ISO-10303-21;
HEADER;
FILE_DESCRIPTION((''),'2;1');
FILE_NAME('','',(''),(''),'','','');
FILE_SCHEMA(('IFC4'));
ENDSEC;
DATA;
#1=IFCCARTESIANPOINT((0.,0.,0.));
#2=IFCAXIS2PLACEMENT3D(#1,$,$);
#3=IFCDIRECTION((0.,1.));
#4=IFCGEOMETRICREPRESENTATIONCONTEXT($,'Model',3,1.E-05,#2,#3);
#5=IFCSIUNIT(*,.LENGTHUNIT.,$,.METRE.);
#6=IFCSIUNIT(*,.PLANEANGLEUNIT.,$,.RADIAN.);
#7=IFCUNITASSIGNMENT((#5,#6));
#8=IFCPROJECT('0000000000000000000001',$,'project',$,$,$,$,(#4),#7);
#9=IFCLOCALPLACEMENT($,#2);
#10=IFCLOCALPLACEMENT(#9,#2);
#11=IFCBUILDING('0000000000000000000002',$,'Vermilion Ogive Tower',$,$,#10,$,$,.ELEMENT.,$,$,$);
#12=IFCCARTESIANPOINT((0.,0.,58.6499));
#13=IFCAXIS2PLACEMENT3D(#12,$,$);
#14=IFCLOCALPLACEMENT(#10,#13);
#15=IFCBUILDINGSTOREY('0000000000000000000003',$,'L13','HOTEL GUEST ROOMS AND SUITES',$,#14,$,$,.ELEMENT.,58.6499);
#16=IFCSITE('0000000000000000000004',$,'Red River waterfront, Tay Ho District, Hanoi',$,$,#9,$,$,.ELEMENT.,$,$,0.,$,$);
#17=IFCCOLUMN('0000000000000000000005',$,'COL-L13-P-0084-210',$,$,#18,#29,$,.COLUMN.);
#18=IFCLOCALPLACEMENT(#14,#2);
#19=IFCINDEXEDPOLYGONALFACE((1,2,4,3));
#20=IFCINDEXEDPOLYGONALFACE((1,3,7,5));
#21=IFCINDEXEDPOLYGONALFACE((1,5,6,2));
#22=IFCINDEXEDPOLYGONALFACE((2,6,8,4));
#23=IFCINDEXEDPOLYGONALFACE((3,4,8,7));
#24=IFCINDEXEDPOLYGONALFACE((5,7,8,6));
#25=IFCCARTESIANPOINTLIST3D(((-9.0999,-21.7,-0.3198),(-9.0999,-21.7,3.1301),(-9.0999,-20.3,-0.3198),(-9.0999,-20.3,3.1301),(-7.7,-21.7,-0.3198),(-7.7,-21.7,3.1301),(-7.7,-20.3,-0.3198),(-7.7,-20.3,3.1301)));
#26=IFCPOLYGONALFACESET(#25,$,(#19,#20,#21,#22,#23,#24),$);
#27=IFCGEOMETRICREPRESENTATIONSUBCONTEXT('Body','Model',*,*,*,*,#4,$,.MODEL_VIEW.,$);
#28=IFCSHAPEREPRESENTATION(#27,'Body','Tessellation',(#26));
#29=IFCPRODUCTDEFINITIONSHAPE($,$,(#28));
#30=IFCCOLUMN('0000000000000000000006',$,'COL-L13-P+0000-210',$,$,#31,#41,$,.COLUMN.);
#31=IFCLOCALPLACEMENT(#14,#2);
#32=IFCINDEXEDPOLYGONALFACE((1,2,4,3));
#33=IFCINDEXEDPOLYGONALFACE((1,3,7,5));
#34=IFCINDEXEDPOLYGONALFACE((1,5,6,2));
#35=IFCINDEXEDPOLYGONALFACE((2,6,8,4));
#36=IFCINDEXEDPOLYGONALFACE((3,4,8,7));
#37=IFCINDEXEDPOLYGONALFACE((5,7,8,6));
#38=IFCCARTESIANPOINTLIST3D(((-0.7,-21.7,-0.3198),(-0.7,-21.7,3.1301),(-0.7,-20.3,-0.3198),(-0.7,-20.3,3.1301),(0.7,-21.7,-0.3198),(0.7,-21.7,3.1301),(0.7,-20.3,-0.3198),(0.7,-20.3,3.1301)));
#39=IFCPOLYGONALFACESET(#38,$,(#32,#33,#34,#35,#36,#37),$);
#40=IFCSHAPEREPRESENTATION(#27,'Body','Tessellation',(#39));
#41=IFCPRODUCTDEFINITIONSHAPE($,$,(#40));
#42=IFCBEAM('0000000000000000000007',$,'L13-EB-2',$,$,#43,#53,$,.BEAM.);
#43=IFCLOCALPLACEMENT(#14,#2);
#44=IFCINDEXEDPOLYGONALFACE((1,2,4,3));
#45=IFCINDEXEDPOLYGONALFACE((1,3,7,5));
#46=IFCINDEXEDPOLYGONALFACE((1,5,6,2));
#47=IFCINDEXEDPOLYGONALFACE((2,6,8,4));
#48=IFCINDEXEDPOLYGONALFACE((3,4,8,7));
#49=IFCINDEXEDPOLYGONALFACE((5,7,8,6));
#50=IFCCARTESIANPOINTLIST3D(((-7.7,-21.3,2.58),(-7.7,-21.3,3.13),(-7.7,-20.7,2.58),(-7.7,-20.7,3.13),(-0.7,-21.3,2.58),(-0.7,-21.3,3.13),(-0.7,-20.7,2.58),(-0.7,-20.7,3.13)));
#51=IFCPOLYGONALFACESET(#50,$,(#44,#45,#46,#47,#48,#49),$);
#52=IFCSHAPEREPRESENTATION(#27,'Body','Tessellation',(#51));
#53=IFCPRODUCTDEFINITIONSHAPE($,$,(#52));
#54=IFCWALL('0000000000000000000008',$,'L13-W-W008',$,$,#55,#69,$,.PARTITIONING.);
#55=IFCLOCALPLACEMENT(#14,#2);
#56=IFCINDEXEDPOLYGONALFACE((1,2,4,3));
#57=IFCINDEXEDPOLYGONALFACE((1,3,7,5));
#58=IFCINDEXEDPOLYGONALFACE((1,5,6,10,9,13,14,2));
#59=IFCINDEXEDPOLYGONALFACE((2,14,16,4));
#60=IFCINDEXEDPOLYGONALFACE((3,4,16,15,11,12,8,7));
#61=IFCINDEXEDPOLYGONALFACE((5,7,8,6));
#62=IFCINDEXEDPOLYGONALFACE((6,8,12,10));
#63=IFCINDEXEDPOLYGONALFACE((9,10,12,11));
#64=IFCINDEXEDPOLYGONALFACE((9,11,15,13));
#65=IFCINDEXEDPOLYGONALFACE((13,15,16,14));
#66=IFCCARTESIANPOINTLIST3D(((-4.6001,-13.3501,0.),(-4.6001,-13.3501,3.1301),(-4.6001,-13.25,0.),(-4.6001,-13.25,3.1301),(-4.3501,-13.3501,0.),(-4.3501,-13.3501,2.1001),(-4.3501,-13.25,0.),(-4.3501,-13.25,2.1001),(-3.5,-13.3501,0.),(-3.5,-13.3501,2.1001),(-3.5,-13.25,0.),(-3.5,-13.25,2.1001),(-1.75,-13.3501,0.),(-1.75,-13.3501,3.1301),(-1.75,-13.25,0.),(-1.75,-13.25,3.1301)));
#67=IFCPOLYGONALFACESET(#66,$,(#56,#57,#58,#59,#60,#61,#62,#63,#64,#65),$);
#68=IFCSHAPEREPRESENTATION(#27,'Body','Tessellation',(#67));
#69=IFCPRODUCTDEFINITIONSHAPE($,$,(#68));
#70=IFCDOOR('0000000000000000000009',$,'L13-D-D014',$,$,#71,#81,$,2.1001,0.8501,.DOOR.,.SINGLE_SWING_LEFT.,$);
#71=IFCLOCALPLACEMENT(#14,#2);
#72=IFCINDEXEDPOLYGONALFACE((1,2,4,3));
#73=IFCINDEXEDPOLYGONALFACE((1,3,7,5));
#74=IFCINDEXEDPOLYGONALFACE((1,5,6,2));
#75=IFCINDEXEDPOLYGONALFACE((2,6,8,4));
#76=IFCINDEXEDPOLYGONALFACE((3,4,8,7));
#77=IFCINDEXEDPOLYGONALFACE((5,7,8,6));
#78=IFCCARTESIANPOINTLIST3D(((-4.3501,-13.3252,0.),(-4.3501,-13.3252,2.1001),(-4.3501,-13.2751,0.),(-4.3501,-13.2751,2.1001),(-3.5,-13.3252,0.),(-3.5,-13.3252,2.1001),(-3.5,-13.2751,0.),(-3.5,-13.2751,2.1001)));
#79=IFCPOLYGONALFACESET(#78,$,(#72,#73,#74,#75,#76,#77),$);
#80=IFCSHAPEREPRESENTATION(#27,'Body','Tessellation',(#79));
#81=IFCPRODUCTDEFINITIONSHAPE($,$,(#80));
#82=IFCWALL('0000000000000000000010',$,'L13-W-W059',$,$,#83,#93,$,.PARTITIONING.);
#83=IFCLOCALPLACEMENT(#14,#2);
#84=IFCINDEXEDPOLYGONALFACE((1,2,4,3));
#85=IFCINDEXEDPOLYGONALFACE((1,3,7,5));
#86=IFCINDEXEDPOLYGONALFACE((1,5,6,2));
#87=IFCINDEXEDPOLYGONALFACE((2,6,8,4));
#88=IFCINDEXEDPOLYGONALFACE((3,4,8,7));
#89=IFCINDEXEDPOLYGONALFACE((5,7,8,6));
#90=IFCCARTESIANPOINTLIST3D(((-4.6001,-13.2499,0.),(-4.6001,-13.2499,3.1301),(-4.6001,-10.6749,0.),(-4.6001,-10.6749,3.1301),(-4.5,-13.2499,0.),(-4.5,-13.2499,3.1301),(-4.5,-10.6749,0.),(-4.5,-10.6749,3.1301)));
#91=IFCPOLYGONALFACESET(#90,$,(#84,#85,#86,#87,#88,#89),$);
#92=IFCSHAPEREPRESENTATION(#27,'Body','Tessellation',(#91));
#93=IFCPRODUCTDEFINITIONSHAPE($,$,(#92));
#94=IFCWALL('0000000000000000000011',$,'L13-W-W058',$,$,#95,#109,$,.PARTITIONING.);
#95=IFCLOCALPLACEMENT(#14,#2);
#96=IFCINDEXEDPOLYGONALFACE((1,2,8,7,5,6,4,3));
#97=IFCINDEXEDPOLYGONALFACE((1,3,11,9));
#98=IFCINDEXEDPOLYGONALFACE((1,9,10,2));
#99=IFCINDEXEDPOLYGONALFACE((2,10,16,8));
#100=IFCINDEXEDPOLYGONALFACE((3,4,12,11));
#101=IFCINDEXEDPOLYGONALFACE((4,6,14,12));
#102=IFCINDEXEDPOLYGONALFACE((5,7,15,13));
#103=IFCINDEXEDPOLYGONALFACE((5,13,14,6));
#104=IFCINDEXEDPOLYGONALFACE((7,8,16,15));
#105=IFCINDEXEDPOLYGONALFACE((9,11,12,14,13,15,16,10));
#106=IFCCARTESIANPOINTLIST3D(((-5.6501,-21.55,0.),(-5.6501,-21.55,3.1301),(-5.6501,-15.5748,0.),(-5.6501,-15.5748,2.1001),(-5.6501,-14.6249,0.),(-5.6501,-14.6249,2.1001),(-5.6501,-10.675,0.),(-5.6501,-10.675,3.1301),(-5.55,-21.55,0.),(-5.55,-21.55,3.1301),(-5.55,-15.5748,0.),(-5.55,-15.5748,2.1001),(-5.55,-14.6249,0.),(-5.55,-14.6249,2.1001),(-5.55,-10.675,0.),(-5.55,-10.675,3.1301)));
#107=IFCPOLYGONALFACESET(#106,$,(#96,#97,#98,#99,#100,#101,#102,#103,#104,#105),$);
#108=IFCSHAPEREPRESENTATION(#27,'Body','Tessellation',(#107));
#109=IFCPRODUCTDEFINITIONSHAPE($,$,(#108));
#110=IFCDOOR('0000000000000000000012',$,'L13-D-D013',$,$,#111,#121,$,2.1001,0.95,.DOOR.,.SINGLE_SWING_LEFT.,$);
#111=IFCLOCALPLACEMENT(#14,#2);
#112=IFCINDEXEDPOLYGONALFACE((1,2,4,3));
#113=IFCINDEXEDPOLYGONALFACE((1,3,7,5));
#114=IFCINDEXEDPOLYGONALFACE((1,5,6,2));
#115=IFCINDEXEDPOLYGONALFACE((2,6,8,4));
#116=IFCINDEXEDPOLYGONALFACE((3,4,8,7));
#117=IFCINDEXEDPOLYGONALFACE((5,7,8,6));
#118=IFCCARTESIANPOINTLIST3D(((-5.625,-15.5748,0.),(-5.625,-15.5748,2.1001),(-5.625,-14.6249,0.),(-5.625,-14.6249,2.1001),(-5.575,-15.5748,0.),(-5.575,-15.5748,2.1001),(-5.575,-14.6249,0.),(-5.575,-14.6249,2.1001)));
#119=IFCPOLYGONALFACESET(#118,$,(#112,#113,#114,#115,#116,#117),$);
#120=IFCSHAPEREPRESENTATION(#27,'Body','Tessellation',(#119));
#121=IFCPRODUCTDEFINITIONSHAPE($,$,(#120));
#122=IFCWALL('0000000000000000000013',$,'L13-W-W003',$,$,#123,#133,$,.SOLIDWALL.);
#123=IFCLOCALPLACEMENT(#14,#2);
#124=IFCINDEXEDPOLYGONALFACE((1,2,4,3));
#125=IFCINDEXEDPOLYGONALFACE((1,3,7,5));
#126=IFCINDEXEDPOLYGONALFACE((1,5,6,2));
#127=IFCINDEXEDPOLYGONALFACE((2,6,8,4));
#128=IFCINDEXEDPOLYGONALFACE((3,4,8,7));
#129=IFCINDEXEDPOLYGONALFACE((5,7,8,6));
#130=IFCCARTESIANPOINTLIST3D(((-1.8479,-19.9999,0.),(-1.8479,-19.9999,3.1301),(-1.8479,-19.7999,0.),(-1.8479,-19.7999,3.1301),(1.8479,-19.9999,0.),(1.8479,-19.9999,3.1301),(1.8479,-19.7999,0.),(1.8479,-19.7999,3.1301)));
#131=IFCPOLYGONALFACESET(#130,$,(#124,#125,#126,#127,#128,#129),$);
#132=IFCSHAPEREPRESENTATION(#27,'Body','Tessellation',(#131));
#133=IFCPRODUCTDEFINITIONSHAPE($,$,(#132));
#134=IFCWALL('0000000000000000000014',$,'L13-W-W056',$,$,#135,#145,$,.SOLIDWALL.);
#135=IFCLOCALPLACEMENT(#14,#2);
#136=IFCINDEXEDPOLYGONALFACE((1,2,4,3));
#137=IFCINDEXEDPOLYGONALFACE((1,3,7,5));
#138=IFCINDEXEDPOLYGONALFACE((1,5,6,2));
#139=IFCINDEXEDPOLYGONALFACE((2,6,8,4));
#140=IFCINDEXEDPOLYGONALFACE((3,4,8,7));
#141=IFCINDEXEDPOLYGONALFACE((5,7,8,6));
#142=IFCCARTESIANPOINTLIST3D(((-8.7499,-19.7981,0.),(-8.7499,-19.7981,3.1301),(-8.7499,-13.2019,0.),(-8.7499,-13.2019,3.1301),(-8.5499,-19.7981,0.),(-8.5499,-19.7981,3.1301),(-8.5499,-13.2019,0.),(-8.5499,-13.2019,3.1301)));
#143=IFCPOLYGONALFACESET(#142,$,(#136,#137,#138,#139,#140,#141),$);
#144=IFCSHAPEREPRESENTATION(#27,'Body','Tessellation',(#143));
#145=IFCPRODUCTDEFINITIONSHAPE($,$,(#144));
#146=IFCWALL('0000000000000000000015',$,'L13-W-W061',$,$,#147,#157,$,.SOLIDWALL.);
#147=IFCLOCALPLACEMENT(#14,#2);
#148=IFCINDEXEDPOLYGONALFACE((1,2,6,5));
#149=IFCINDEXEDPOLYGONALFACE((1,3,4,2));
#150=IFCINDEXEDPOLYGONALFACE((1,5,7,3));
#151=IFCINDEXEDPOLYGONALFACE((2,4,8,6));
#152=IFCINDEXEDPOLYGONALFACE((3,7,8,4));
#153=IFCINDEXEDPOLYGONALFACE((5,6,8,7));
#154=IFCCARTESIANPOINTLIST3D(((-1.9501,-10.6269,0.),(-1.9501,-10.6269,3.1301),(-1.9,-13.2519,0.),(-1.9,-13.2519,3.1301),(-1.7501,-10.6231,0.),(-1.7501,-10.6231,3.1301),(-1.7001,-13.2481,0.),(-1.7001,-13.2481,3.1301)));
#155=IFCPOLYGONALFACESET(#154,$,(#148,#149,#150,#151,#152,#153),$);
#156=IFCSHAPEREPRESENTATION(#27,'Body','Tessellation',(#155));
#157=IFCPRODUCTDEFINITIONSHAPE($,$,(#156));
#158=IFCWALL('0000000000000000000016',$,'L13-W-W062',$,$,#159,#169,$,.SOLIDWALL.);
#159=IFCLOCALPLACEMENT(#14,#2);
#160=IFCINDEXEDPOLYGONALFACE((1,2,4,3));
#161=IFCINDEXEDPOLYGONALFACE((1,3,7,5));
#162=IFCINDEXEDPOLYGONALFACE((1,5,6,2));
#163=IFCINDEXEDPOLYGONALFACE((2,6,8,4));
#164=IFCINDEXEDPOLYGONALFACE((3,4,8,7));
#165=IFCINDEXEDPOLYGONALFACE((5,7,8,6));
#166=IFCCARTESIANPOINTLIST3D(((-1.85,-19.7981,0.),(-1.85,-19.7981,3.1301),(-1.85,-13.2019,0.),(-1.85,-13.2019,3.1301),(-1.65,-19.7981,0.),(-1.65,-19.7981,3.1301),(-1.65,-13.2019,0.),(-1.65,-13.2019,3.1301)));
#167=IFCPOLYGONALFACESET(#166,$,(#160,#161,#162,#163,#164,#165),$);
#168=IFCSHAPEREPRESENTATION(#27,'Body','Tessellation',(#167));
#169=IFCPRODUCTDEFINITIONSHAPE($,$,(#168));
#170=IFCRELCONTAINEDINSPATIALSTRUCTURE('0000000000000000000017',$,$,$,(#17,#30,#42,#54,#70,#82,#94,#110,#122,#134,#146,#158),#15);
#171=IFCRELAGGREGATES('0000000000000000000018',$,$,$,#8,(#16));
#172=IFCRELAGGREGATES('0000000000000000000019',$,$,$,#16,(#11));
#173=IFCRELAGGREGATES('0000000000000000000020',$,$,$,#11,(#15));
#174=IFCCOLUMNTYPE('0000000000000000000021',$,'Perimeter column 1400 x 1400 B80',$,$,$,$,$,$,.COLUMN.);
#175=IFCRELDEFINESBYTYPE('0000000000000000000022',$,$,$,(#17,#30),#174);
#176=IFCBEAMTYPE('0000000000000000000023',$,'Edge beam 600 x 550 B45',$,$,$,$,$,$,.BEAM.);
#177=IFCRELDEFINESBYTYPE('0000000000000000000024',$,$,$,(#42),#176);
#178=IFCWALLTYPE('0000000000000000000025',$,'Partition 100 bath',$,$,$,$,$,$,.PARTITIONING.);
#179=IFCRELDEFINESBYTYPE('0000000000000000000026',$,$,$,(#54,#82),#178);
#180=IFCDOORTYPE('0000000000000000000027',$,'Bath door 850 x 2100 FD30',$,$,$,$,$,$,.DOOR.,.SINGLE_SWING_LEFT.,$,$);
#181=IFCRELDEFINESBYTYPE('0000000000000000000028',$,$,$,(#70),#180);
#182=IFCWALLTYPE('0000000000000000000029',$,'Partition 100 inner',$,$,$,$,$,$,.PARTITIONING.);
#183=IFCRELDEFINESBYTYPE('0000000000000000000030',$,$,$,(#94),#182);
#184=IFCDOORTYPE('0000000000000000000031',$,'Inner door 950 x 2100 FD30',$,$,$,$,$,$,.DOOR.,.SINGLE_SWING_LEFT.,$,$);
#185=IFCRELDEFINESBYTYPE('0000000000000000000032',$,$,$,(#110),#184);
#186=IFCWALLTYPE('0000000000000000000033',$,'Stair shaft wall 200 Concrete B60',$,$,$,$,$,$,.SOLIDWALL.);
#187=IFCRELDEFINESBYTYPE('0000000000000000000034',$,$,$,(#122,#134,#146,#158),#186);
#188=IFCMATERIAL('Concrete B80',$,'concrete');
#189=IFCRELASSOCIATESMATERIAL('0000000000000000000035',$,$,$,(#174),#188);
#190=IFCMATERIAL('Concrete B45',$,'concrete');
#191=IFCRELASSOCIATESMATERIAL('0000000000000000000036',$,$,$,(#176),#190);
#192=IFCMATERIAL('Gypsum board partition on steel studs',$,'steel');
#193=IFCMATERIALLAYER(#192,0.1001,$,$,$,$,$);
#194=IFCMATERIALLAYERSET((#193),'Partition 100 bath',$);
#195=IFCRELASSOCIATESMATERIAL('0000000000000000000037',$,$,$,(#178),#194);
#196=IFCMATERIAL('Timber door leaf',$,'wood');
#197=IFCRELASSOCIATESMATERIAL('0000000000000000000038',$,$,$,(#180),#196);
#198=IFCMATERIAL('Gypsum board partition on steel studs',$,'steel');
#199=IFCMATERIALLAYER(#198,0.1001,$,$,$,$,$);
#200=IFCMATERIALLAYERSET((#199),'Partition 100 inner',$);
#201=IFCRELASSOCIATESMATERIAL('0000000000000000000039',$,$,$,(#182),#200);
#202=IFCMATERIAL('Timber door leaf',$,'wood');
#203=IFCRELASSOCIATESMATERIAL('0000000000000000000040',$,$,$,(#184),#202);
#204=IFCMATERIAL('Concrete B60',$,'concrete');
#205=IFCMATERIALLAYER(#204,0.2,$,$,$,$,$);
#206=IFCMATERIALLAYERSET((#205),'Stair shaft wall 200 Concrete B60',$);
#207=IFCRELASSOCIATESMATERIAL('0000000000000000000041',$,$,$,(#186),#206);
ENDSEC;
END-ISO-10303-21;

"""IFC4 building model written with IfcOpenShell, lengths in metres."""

from ifc_helpers import new_model, si_unit, direction, frame, frame_2d, origin, origin_2d, place, context, subcontext, project, spatial, rectangle, extrude, material, layer, layer_set, material_profile, profile_set, type_object, element, fill, save


model = new_model("IFC4")

# Units and contexts
model_context = context("Model", 3, precision=1e-05, world=origin(), true_north=direction((0.0, 1.0)))
body_context = subcontext(model_context, "Body", "Model", "MODEL_VIEW")
ifc_project = project(units=[si_unit("LENGTHUNIT", "METRE"), si_unit("PLANEANGLEUNIT", "RADIAN")], contexts=[model_context])

# Site, building, storey
site_placement = place(None, origin())
site = spatial("IfcSite", under=ifc_project, at=site_placement, Name="Red River waterfront, Tay Ho District, Hanoi", CompositionType="ELEMENT", RefElevation=0.0)
building_placement = place(site_placement, origin())
building = spatial("IfcBuilding", under=site, at=building_placement, Name="Vermilion Ogive Tower", CompositionType="ELEMENT")
storey_placement = place(building_placement, frame((0.0, 0.0, 58.6499)))
storey = spatial("IfcBuildingStorey", under=building, at=storey_placement, Name="L13", Description="HOTEL GUEST ROOMS AND SUITES", CompositionType="ELEMENT", Elevation=58.6499)

# Columns
ifc_material_1 = material(Name="Concrete B80", Category="concrete")
ifc_material_profile_1 = material_profile(ifc_material_1, rectangle(XDim=1.3999, YDim=1.3999, at=origin_2d()), Name="1400 x 1400")
ifc_profile_set_1 = profile_set([ifc_material_profile_1], Name="Concrete B80")
column_type = type_object("IfcColumnType", Name="Perimeter column 1400 x 1400 B80", PredefinedType="COLUMN", material=ifc_profile_set_1)
for number, where, z_axis, x_axis, name in (
    (1, (-8.3999, -21.0, -0.3198), (0.0, 0.0, 1.0), (1.0, 0.0, 0.0), "COL-L13-P-0084-210"),
    (2, (0.0, -21.0, -0.3198), (0.0, 0.0, 1.0), (1.0, 0.0, 0.0), "COL-L13-P+0000-210"),
):
    element("IfcColumn", number, at=place(storey_placement, frame(where, z_axis=z_axis, x_axis=x_axis)), inside=storey, type_object=column_type, Name=name, PredefinedType="COLUMN", context=body_context, shape_type="SweptSolid", body=[
        extrude(rectangle(XDim=1.3999, YDim=1.3999, at=origin_2d()), origin(), (0.0, 0.0, 1.0), 3.45),
    ])

# Beam
ifc_material_2 = material(Name="Concrete B45", Category="concrete")
ifc_material_profile_2 = material_profile(ifc_material_2, rectangle(XDim=0.6001, YDim=0.55, at=origin_2d()), Name="600 x 550")
ifc_profile_set_2 = profile_set([ifc_material_profile_2], Name="Concrete B45")
beam_type = type_object("IfcBeamType", Name="Edge beam 600 x 550 B45", PredefinedType="BEAM", material=ifc_profile_set_2)
beam_placement = place(storey_placement, frame((-7.7, -21.0, 2.855), z_axis=(1.0, 0.0, 0.0), x_axis=(0.0, 1.0, 0.0)))
element("IfcBeam", 3, at=beam_placement, inside=storey, type_object=beam_type, Name="L13-EB-2", PredefinedType="BEAM", context=body_context, shape_type="SweptSolid", body=[
    extrude(rectangle(XDim=0.6001, YDim=0.55, at=origin_2d()), origin(), (0.0, 0.0, 1.0), 7.0),
])

# Wall, opening, door
ifc_material_3 = material(Name="Gypsum board partition on steel studs", Category="steel")
ifc_layer_1 = layer(ifc_material_3, 0.1001)
ifc_layer_set_1 = layer_set([ifc_layer_1], Name="Partition 100 bath")
wall_type_1 = type_object("IfcWallType", Name="Partition 100 bath", PredefinedType="PARTITIONING", material=ifc_layer_set_1)
wall_1_placement = place(storey_placement, frame((-4.6001, -13.3, 0.0), z_axis=(0.0, 0.0, 1.0), x_axis=(1.0, 0.0, 0.0)))
wall_1 = element("IfcWall", 4, at=wall_1_placement, inside=storey, type_object=wall_type_1, Name="L13-W-W008", PredefinedType="PARTITIONING", context=body_context, shape_type="SweptSolid", body=[
    extrude(rectangle(XDim=2.8501, YDim=0.1001, at=frame_2d((1.425, 0.0))), origin(), (0.0, 0.0, 1.0), 3.1301),
])
opening_1_placement = place(wall_1_placement, frame((0.25, 0.0, 0.0)))
opening_1 = element("IfcOpeningElement", 5, at=opening_1_placement, cuts=wall_1, PredefinedType="OPENING", context=body_context, shape_type="SweptSolid", body=[
    extrude(rectangle(XDim=0.8501, YDim=2.1001, at=frame_2d((0.425, 1.05))), frame((0.0, 0.0601, 0.0), z_axis=(0.0, -1.0, 0.0), x_axis=(1.0, 0.0, 0.0)), (0.0, 0.0, 1.0), 0.1201),
])
ifc_material_4 = material(Name="Timber door leaf", Category="wood")
door_type_1 = type_object("IfcDoorType", Name="Bath door 850 x 2100 FD30", OperationType="SINGLE_SWING_LEFT", PredefinedType="DOOR", material=ifc_material_4)
door_1_placement = place(opening_1_placement, origin())
door_1 = element("IfcDoor", 6, at=door_1_placement, inside=storey, type_object=door_type_1, Name="L13-D-D014", OperationType="SINGLE_SWING_LEFT", OverallHeight=2.1001, OverallWidth=0.8501, PredefinedType="DOOR", context=body_context, shape_type="SweptSolid", body=[
    extrude(rectangle(XDim=0.8501, YDim=2.1001, at=frame_2d((0.425, 1.05))), frame((0.0, 0.0249, 0.0), z_axis=(0.0, -1.0, 0.0), x_axis=(1.0, 0.0, 0.0)), (0.0, 0.0, 1.0), 0.05),
])
fill(opening_1, door_1)

# Wall
wall_2_placement = place(storey_placement, frame((-4.55, -13.25, 0.0), z_axis=(0.0, 0.0, 1.0), x_axis=(0.0, 1.0, 0.0)))
element("IfcWall", 7, at=wall_2_placement, inside=storey, type_object=wall_type_1, Name="L13-W-W059", PredefinedType="PARTITIONING", context=body_context, shape_type="SweptSolid", body=[
    extrude(rectangle(XDim=2.575, YDim=0.1001, at=frame_2d((1.2876, 0.0))), origin(), (0.0, 0.0, 1.0), 3.1301),
])

# Wall, opening, door
ifc_material_5 = material(Name="Gypsum board partition on steel studs", Category="steel")
ifc_layer_2 = layer(ifc_material_5, 0.1001)
ifc_layer_set_2 = layer_set([ifc_layer_2], Name="Partition 100 inner")
wall_type_2 = type_object("IfcWallType", Name="Partition 100 inner", PredefinedType="PARTITIONING", material=ifc_layer_set_2)
wall_3_placement = place(storey_placement, frame((-5.6001, -21.55, 0.0), z_axis=(0.0, 0.0, 1.0), x_axis=(0.0, 1.0, 0.0)))
wall_3 = element("IfcWall", 8, at=wall_3_placement, inside=storey, type_object=wall_type_2, Name="L13-W-W058", PredefinedType="PARTITIONING", context=body_context, shape_type="SweptSolid", body=[
    extrude(rectangle(XDim=10.875, YDim=0.1001, at=frame_2d((5.4375, 0.0))), origin(), (0.0, 0.0, 1.0), 3.1301),
])
opening_2_placement = place(wall_3_placement, frame((5.9751, 0.0, 0.0)))
opening_2 = element("IfcOpeningElement", 9, at=opening_2_placement, cuts=wall_3, PredefinedType="OPENING", context=body_context, shape_type="SweptSolid", body=[
    extrude(rectangle(XDim=0.95, YDim=2.1001, at=frame_2d((0.4751, 1.05))), frame((0.0, 0.0601, 0.0), z_axis=(0.0, -1.0, 0.0), x_axis=(1.0, 0.0, 0.0)), (0.0, 0.0, 1.0), 0.1201),
])
ifc_material_6 = material(Name="Timber door leaf", Category="wood")
door_type_2 = type_object("IfcDoorType", Name="Inner door 950 x 2100 FD30", OperationType="SINGLE_SWING_LEFT", PredefinedType="DOOR", material=ifc_material_6)
door_2_placement = place(opening_2_placement, origin())
door_2 = element("IfcDoor", 10, at=door_2_placement, inside=storey, type_object=door_type_2, Name="L13-D-D013", OperationType="SINGLE_SWING_LEFT", OverallHeight=2.1001, OverallWidth=0.95, PredefinedType="DOOR", context=body_context, shape_type="SweptSolid", body=[
    extrude(rectangle(XDim=0.95, YDim=2.1001, at=frame_2d((0.4751, 1.05))), frame((0.0, 0.0249, 0.0), z_axis=(0.0, -1.0, 0.0), x_axis=(1.0, 0.0, 0.0)), (0.0, 0.0, 1.0), 0.05),
])
fill(opening_2, door_2)

# Walls
ifc_material_7 = material(Name="Concrete B60", Category="concrete")
ifc_layer_3 = layer(ifc_material_7, 0.2)
ifc_layer_set_3 = layer_set([ifc_layer_3], Name="Stair shaft wall 200 Concrete B60")
wall_type_3 = type_object("IfcWallType", Name="Stair shaft wall 200 Concrete B60", PredefinedType="SOLIDWALL", material=ifc_layer_set_3)
wall_4_placement = place(storey_placement, frame((-1.8479, -19.8999, 0.0), z_axis=(0.0, 0.0, 1.0), x_axis=(1.0, 0.0, 0.0)))
element("IfcWall", 11, at=wall_4_placement, inside=storey, type_object=wall_type_3, Name="L13-W-W003", PredefinedType="SOLIDWALL", context=body_context, shape_type="SweptSolid", body=[
    extrude(rectangle(XDim=3.6958, YDim=0.2, at=frame_2d((1.8479, 0.0))), origin(), (0.0, 0.0, 1.0), 3.1301),
])
wall_5_placement = place(storey_placement, frame((-8.6499, -19.7981, 0.0), z_axis=(0.0, 0.0, 1.0), x_axis=(0.0, 1.0, 0.0)))
element("IfcWall", 12, at=wall_5_placement, inside=storey, type_object=wall_type_3, Name="L13-W-W056", PredefinedType="SOLIDWALL", context=body_context, shape_type="SweptSolid", body=[
    extrude(rectangle(XDim=6.5962, YDim=0.2, at=frame_2d((3.2981, 0.0))), origin(), (0.0, 0.0, 1.0), 3.1301),
])
wall_6_placement = place(storey_placement, frame((-1.8, -13.25, 0.0), z_axis=(0.0, 0.0, 1.0), x_axis=(-0.019063, 0.999818, 0.0)))
element("IfcWall", 13, at=wall_6_placement, inside=storey, type_object=wall_type_3, Name="L13-W-W061", PredefinedType="SOLIDWALL", context=body_context, shape_type="SweptSolid", body=[
    extrude(rectangle(XDim=2.6255, YDim=0.2, at=frame_2d((1.3127, 0.0))), origin(), (0.0, 0.0, 1.0), 3.1301),
])
wall_7_placement = place(storey_placement, frame((-1.75, -19.7981, 0.0), z_axis=(0.0, 0.0, 1.0), x_axis=(0.0, 1.0, 0.0)))
element("IfcWall", 14, at=wall_7_placement, inside=storey, type_object=wall_type_3, Name="L13-W-W062", PredefinedType="SOLIDWALL", context=body_context, shape_type="SweptSolid", body=[
    extrude(rectangle(XDim=6.5962, YDim=0.2, at=frame_2d((3.2981, 0.0))), origin(), (0.0, 0.0, 1.0), 3.1301),
])

save(model, "model.ifc")
